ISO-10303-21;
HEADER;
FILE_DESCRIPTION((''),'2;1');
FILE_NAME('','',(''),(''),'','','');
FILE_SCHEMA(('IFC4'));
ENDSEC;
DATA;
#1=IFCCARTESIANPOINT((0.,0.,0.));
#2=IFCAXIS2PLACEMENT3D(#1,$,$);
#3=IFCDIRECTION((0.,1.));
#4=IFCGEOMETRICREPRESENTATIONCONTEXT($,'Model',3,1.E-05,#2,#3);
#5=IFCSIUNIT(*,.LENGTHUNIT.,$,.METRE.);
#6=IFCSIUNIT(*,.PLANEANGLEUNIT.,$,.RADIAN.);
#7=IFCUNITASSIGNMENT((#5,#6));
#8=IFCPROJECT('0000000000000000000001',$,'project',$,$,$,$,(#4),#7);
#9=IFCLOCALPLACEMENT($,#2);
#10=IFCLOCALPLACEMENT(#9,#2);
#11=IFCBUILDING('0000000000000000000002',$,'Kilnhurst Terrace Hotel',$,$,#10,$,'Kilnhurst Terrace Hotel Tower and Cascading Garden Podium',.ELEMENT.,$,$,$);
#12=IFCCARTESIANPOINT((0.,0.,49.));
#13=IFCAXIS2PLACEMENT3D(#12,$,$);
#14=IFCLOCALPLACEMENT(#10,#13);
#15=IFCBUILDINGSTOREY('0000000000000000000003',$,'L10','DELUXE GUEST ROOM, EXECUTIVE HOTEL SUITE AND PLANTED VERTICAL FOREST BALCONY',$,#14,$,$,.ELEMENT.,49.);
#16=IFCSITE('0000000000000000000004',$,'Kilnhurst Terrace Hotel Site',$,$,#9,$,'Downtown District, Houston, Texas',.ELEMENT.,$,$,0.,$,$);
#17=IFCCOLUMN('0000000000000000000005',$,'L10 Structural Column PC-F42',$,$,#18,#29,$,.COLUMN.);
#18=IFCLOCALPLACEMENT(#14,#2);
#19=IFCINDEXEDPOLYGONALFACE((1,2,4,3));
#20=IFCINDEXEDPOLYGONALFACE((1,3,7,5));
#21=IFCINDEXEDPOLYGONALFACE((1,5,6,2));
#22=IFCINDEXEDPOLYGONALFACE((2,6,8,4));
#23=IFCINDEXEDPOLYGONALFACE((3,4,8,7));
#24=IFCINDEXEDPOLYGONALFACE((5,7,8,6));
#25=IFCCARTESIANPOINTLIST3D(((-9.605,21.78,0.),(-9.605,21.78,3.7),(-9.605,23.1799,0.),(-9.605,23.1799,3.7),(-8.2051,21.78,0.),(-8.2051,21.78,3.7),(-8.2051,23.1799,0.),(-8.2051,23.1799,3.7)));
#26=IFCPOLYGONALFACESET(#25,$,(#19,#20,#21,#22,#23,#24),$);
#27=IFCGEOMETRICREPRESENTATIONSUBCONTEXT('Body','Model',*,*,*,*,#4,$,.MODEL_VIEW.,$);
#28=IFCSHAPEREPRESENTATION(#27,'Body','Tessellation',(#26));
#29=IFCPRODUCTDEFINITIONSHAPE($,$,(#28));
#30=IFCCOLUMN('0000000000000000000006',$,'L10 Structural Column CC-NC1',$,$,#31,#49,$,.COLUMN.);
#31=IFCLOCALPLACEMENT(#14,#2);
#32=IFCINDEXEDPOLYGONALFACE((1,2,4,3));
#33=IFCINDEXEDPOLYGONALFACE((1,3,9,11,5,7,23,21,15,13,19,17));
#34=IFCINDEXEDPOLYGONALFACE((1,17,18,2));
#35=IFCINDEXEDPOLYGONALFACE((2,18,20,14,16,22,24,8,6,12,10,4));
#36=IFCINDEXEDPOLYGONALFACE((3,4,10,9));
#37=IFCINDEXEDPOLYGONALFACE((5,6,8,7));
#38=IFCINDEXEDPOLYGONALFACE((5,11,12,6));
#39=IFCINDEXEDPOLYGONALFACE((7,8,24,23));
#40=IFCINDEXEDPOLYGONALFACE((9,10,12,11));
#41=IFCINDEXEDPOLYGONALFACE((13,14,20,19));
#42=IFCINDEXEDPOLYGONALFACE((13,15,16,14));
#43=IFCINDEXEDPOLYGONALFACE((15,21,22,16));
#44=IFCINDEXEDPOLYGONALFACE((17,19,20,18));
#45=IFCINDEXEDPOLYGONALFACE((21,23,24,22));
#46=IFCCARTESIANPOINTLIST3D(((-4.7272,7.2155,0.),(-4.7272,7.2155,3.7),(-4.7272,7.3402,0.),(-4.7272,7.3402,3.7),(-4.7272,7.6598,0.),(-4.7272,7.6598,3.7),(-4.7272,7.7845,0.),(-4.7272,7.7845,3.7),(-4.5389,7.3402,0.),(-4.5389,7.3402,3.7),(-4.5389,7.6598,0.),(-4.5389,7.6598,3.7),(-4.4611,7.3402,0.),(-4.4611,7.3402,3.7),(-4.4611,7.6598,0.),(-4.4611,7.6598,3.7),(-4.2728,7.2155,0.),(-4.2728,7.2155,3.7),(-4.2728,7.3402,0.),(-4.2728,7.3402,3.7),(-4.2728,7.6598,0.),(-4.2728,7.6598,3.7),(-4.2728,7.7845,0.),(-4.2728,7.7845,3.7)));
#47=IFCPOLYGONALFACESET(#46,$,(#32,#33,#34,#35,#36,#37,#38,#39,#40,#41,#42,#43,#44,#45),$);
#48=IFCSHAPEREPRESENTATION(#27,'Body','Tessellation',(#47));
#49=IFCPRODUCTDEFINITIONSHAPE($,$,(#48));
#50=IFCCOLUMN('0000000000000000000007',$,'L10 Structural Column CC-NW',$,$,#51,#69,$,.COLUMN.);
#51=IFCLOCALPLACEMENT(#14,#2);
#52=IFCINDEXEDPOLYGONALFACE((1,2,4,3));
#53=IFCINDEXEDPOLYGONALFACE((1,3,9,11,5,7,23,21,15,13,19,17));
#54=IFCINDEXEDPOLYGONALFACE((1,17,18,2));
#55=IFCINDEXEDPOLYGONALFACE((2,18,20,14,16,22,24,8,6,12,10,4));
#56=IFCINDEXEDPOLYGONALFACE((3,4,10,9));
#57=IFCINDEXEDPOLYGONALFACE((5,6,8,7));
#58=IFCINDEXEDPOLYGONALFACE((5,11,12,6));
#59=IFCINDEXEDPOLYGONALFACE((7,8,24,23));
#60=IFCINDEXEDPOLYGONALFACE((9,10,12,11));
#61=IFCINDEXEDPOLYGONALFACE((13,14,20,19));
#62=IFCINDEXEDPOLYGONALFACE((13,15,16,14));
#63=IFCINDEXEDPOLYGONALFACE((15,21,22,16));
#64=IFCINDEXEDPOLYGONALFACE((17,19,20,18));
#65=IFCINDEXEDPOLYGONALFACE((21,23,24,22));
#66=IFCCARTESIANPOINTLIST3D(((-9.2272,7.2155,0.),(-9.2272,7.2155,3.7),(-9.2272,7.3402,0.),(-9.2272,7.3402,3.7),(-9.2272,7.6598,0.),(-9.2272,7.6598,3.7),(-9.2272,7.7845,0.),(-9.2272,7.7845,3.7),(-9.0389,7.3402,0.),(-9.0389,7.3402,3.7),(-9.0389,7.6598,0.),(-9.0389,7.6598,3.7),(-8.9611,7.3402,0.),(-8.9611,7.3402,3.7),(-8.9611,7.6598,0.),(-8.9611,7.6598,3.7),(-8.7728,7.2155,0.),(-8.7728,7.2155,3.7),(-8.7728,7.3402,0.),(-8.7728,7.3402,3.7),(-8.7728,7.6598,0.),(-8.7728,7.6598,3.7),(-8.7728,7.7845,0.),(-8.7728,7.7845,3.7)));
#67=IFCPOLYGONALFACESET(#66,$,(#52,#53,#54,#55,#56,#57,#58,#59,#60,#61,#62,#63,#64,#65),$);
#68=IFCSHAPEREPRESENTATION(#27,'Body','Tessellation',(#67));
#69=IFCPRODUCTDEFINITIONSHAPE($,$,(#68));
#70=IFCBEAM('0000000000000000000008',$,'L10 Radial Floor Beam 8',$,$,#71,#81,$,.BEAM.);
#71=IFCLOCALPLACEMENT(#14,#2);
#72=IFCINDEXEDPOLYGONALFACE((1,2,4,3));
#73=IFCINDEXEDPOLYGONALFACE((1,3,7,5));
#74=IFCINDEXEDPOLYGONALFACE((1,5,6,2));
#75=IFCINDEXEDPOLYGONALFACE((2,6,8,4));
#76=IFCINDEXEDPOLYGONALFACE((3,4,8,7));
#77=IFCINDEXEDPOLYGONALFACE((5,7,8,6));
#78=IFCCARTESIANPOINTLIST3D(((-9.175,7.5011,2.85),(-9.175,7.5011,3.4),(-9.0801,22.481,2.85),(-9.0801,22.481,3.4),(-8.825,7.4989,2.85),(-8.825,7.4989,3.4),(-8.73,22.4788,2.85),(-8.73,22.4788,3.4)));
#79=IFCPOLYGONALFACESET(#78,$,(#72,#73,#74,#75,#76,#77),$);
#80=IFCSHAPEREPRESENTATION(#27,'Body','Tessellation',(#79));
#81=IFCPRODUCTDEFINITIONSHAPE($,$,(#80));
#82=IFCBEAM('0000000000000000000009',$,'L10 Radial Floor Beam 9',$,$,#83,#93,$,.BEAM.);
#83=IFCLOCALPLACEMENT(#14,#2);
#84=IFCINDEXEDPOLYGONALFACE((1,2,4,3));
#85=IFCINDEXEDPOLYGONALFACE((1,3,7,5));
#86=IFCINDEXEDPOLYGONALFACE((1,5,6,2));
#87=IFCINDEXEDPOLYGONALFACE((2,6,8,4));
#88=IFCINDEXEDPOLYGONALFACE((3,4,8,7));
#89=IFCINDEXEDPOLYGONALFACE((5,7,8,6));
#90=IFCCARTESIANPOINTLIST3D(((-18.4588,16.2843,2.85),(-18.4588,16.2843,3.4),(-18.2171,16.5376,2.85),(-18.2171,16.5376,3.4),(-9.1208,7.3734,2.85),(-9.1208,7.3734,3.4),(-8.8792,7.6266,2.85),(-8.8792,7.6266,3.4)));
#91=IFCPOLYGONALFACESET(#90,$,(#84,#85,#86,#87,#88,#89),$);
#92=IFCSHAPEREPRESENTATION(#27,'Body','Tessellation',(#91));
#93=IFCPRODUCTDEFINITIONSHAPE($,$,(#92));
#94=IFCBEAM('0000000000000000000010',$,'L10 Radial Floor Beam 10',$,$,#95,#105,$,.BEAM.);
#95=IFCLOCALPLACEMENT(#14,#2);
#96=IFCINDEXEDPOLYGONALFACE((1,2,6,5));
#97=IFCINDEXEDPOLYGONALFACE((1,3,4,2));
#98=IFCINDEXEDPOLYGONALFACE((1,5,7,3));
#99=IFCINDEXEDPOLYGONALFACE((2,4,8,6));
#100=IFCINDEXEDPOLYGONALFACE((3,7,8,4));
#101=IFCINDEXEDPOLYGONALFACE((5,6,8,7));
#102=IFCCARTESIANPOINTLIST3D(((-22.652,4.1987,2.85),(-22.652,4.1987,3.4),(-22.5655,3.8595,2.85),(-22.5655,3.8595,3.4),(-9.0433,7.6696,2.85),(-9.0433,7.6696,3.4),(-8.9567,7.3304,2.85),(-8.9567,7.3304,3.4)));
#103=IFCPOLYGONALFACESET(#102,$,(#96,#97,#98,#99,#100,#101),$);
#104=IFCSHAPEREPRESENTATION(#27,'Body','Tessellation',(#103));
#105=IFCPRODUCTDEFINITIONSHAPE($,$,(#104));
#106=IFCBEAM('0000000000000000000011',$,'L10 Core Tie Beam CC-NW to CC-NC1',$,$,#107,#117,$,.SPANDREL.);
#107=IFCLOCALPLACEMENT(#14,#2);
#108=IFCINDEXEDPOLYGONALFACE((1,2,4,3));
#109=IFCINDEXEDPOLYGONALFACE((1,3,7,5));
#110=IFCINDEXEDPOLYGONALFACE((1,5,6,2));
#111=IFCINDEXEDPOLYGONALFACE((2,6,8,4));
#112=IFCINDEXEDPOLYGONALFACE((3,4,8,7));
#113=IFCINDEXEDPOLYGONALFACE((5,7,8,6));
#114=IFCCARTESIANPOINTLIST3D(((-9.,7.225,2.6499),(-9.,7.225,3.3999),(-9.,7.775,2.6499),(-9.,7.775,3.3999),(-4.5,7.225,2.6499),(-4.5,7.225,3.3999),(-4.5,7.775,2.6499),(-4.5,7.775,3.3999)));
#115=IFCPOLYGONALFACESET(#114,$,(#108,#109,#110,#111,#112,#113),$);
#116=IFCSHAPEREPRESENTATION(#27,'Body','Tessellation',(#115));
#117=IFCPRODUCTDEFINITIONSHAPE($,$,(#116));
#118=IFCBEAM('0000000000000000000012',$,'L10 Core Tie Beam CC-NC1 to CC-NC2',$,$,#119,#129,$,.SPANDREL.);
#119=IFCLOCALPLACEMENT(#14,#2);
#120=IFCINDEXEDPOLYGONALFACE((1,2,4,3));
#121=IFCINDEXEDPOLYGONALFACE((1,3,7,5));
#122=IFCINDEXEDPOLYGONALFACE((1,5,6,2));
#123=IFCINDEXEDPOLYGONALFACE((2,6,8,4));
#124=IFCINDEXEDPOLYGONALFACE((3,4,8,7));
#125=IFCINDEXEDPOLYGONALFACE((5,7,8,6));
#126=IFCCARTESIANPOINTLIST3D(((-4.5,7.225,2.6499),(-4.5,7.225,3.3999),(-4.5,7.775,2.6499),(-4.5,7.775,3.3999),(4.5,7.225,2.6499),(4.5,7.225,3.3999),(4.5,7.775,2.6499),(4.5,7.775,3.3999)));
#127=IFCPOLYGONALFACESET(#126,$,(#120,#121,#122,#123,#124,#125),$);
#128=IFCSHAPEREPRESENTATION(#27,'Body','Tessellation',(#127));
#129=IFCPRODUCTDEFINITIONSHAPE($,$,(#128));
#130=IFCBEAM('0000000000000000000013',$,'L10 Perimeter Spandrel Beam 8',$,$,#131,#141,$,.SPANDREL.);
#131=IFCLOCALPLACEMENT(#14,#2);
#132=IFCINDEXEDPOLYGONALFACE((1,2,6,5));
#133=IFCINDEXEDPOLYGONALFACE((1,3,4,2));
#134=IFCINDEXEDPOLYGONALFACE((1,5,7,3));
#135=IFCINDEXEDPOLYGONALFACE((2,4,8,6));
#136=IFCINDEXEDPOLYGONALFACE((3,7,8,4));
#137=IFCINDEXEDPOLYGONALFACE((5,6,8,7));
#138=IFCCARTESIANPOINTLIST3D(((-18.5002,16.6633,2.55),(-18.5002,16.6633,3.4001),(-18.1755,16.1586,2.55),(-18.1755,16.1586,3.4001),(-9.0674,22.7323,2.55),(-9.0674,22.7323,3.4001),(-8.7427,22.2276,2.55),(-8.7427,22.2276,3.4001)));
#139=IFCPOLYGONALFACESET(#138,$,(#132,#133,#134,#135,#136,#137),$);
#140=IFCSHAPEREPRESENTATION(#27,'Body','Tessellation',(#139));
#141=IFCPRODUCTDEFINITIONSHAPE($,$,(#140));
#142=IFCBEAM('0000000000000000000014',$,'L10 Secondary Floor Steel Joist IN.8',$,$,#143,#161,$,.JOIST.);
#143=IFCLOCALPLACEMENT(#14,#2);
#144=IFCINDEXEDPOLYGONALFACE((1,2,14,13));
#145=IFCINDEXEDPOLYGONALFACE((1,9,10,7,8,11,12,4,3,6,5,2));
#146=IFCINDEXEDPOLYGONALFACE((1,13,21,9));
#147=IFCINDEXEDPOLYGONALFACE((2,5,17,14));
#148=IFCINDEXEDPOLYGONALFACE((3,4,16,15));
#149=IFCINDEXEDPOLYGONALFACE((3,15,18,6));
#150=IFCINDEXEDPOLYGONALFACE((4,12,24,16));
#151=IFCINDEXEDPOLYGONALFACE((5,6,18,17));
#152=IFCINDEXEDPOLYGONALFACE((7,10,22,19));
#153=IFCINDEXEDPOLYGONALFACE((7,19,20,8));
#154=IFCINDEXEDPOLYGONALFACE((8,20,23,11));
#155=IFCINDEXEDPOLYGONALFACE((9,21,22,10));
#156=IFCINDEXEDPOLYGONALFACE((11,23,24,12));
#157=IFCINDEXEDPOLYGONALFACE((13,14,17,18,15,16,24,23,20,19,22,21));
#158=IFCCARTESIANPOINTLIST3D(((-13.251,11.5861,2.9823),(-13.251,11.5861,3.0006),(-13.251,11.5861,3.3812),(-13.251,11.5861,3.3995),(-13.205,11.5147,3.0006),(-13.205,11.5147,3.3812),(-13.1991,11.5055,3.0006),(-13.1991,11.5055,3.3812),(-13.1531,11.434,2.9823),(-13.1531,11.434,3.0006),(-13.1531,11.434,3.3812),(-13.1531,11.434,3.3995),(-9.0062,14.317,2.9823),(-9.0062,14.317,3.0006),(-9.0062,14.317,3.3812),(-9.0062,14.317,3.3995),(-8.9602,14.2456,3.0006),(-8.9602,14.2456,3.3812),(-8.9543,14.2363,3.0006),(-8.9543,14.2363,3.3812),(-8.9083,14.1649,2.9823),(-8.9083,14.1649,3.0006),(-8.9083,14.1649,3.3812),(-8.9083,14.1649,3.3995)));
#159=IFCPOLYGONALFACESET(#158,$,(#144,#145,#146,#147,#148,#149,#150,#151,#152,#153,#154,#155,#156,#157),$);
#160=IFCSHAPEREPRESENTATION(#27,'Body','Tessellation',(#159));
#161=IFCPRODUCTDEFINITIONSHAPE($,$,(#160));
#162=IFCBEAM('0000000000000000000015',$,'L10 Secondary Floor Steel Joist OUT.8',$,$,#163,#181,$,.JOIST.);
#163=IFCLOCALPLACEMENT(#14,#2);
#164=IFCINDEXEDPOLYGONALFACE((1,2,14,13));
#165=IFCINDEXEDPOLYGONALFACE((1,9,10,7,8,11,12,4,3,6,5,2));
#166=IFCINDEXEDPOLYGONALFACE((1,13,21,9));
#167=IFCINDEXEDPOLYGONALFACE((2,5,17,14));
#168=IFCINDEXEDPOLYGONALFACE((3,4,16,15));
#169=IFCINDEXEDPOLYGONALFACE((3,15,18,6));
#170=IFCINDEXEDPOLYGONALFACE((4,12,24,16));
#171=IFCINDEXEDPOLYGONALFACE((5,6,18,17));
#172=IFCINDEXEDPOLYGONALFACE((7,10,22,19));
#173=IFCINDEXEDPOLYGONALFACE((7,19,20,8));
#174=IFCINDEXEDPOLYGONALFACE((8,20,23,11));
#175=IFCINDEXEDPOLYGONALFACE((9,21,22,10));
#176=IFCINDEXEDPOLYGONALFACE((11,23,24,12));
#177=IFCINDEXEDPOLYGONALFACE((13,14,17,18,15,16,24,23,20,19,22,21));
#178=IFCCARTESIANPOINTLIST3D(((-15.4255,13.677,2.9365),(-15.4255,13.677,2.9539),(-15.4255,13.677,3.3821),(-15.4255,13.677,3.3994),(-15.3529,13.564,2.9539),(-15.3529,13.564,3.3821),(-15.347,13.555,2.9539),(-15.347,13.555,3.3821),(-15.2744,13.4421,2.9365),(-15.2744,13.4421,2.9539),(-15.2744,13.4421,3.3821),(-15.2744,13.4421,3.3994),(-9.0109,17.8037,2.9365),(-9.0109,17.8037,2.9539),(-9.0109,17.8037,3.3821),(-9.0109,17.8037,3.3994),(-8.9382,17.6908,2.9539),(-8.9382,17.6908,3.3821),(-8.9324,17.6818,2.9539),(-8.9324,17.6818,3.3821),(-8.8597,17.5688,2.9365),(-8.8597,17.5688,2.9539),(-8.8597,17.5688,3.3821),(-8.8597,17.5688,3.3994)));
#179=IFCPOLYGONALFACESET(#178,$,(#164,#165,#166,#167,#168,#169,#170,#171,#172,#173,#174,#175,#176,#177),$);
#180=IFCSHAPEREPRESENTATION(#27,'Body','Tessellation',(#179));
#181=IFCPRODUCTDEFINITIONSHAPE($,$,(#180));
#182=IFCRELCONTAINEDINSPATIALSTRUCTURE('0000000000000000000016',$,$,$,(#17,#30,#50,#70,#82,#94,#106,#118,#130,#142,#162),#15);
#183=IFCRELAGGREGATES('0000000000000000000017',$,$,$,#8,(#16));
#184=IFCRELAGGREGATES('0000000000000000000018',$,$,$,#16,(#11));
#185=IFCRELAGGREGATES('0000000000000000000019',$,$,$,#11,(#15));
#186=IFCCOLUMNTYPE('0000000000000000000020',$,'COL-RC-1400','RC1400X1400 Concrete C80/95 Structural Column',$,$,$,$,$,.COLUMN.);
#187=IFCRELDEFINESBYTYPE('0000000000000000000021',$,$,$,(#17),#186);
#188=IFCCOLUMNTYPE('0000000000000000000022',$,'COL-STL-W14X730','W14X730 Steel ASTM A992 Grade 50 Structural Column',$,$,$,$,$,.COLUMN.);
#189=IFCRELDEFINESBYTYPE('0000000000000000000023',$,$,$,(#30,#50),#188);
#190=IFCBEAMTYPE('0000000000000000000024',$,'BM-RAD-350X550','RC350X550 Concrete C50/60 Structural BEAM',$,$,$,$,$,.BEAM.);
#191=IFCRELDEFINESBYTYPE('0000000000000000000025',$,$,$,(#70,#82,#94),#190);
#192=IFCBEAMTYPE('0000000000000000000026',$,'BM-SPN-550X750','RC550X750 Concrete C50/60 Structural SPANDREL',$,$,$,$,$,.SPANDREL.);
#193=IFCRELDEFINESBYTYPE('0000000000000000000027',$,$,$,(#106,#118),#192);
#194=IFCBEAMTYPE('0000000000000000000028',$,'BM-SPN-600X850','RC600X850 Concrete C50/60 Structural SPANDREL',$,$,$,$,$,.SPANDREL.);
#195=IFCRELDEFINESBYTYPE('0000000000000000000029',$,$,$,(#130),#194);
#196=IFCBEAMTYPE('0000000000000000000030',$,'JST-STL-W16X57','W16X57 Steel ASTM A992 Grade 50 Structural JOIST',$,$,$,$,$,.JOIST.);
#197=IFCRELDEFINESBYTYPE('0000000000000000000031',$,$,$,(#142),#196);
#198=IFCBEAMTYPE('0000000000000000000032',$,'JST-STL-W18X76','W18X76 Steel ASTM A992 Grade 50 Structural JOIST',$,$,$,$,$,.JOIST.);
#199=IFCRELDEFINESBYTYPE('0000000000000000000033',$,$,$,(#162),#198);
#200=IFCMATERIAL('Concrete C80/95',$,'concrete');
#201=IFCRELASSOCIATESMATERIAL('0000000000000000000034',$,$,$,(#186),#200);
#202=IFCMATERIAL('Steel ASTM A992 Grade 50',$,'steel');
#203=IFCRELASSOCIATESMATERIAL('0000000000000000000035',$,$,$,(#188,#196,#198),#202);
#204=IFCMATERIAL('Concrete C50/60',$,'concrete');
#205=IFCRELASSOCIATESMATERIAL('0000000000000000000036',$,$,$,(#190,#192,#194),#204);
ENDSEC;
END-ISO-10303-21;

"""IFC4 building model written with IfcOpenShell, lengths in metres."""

from ifc_helpers import new_model, si_unit, direction, frame, origin, origin_2d, place, context, subcontext, project, spatial, rectangle, i_section, extrude, material, material_profile, profile_set, type_object, element, save


model = new_model("IFC4")

# Units and contexts
model_context = context("Model", 3, precision=1e-05, world=origin(), true_north=direction((0.0, 1.0)))
body_context = subcontext(model_context, "Body", "Model", "MODEL_VIEW")
ifc_project = project(units=[si_unit("LENGTHUNIT", "METRE"), si_unit("PLANEANGLEUNIT", "RADIAN")], contexts=[model_context])

# Site, building, storey
site_placement = place(None, origin())
site = spatial("IfcSite", under=ifc_project, at=site_placement, Name="Kilnhurst Terrace Hotel Site", LongName="Downtown District, Houston, Texas", CompositionType="ELEMENT", RefElevation=0.0)
building_placement = place(site_placement, origin())
building = spatial("IfcBuilding", under=site, at=building_placement, Name="Kilnhurst Terrace Hotel", LongName="Kilnhurst Terrace Hotel Tower and Cascading Garden Podium", CompositionType="ELEMENT")
storey_placement = place(building_placement, frame((0.0, 0.0, 49.0)))
storey = spatial("IfcBuildingStorey", under=building, at=storey_placement, Name="L10", Description="DELUXE GUEST ROOM, EXECUTIVE HOTEL SUITE AND PLANTED VERTICAL FOREST BALCONY", CompositionType="ELEMENT", Elevation=49.0)

# Columns
ifc_material_1 = material(Name="Concrete C80/95", Category="concrete")
ifc_material_profile_1 = material_profile(ifc_material_1, rectangle(XDim=1.3999, YDim=1.3999, at=origin_2d()), Name="RC1400X1400")
ifc_profile_set_1 = profile_set([ifc_material_profile_1], Name="Concrete C80/95")
column_type_1 = type_object("IfcColumnType", Name="COL-RC-1400", Description="RC1400X1400 Concrete C80/95 Structural Column", PredefinedType="COLUMN", material=ifc_profile_set_1)
column_placement = place(storey_placement, frame((-8.905, 22.48, 0.0), z_axis=(0.0, 0.0, 1.0), x_axis=(1.0, 0.0, 0.0)))
element("IfcColumn", 1, at=column_placement, inside=storey, type_object=column_type_1, Name="L10 Structural Column PC-F42", PredefinedType="COLUMN", context=body_context, shape_type="SweptSolid", body=[
    extrude(rectangle(XDim=1.3999, YDim=1.3999, at=origin_2d()), origin(), (0.0, 0.0, 1.0), 3.7),
])
ifc_material_2 = material(Name="Steel ASTM A992 Grade 50", Category="steel")
ifc_material_profile_2 = material_profile(ifc_material_2, i_section(OverallWidth=0.4543, OverallDepth=0.5691, WebThickness=0.0779, FlangeThickness=0.1248, at=origin_2d()), Name="W14X730")
ifc_profile_set_2 = profile_set([ifc_material_profile_2], Name="Steel ASTM A992 Grade 50")
column_type_2 = type_object("IfcColumnType", Name="COL-STL-W14X730", Description="W14X730 Steel ASTM A992 Grade 50 Structural Column", PredefinedType="COLUMN", material=ifc_profile_set_2)
for number, where, z_axis, x_axis, name in (
    (2, (-4.5, 7.5, 0.0), (0.0, 0.0, 1.0), (1.0, 0.0, 0.0), "L10 Structural Column CC-NC1"),
    (3, (-9.0, 7.5, 0.0), (0.0, 0.0, 1.0), (1.0, 0.0, 0.0), "L10 Structural Column CC-NW"),
):
    element("IfcColumn", number, at=place(storey_placement, frame(where, z_axis=z_axis, x_axis=x_axis)), inside=storey, type_object=column_type_2, Name=name, PredefinedType="COLUMN", context=body_context, shape_type="SweptSolid", body=[
        extrude(i_section(OverallWidth=0.4543, OverallDepth=0.5691, WebThickness=0.0779, FlangeThickness=0.1248, at=origin_2d()), origin(), (0.0, 0.0, 1.0), 3.7),
    ])

# Beams
ifc_material_3 = material(Name="Concrete C50/60", Category="concrete")
ifc_material_profile_3 = material_profile(ifc_material_3, rectangle(XDim=0.3501, YDim=0.55, at=origin_2d()), Name="RC350X550")
ifc_profile_set_3 = profile_set([ifc_material_profile_3], Name="Concrete C50/60")
beam_type_1 = type_object("IfcBeamType", Name="BM-RAD-350X550", Description="RC350X550 Concrete C50/60 Structural BEAM", PredefinedType="BEAM", material=ifc_profile_set_3)
beam_1_placement = place(storey_placement, frame((-9.0, 7.5, 3.125), z_axis=(0.00634, 0.99998, 0.0), x_axis=(-0.99998, 0.00634, 0.0)))
element("IfcBeam", 4, at=beam_1_placement, inside=storey, type_object=beam_type_1, Name="L10 Radial Floor Beam 8", PredefinedType="BEAM", context=body_context, shape_type="SweptSolid", body=[
    extrude(rectangle(XDim=0.3501, YDim=0.55, at=origin_2d()), origin(), (0.0, 0.0, 1.0), 14.9802),
])
beam_2_placement = place(storey_placement, frame((-9.0, 7.5, 3.125), z_axis=(-0.723454, 0.690372, 0.0), x_axis=(-0.690372, -0.723454, 0.0)))
element("IfcBeam", 5, at=beam_2_placement, inside=storey, type_object=beam_type_1, Name="L10 Radial Floor Beam 9", PredefinedType="BEAM", context=body_context, shape_type="SweptSolid", body=[
    extrude(rectangle(XDim=0.3501, YDim=0.55, at=origin_2d()), origin(), (0.0, 0.0, 1.0), 12.9075),
])
beam_3_placement = place(storey_placement, frame((-9.0, 7.5, 3.125), z_axis=(-0.96898, -0.247138, 0.0), x_axis=(0.247138, -0.96898, 0.0)))
element("IfcBeam", 6, at=beam_3_placement, inside=storey, type_object=beam_type_1, Name="L10 Radial Floor Beam 10", PredefinedType="BEAM", context=body_context, shape_type="SweptSolid", body=[
    extrude(rectangle(XDim=0.3501, YDim=0.55, at=origin_2d()), origin(), (0.0, 0.0, 1.0), 14.0444),
])
ifc_material_profile_4 = material_profile(ifc_material_3, rectangle(XDim=0.55, YDim=0.75, at=origin_2d()), Name="RC550X750")
ifc_profile_set_4 = profile_set([ifc_material_profile_4], Name="Concrete C50/60")
beam_type_2 = type_object("IfcBeamType", Name="BM-SPN-550X750", Description="RC550X750 Concrete C50/60 Structural SPANDREL", PredefinedType="SPANDREL", material=ifc_profile_set_4)
beam_4_placement = place(storey_placement, frame((-9.0, 7.5, 3.0249), z_axis=(1.0, 0.0, 0.0), x_axis=(0.0, 1.0, 0.0)))
element("IfcBeam", 7, at=beam_4_placement, inside=storey, type_object=beam_type_2, Name="L10 Core Tie Beam CC-NW to CC-NC1", PredefinedType="SPANDREL", context=body_context, shape_type="SweptSolid", body=[
    extrude(rectangle(XDim=0.55, YDim=0.75, at=origin_2d()), origin(), (0.0, 0.0, 1.0), 4.5),
])
beam_5_placement = place(storey_placement, frame((-4.5, 7.5, 3.0249), z_axis=(1.0, 0.0, 0.0), x_axis=(0.0, 1.0, 0.0)))
element("IfcBeam", 8, at=beam_5_placement, inside=storey, type_object=beam_type_2, Name="L10 Core Tie Beam CC-NC1 to CC-NC2", PredefinedType="SPANDREL", context=body_context, shape_type="SweptSolid", body=[
    extrude(rectangle(XDim=0.55, YDim=0.75, at=origin_2d()), origin(), (0.0, 0.0, 1.0), 9.0),
])
ifc_material_profile_5 = material_profile(ifc_material_3, rectangle(XDim=0.6001, YDim=0.8501, at=origin_2d()), Name="RC600X850")
ifc_profile_set_5 = profile_set([ifc_material_profile_5], Name="Concrete C50/60")
beam_type_3 = type_object("IfcBeamType", Name="BM-SPN-600X850", Description="RC600X850 Concrete C50/60 Structural SPANDREL", PredefinedType="SPANDREL", material=ifc_profile_set_5)
beam_6_placement = place(storey_placement, frame((-8.905, 22.48, 2.9751), z_axis=(-0.840971, -0.54108, 0.0), x_axis=(0.54108, -0.840971, 0.0)))
element("IfcBeam", 9, at=beam_6_placement, inside=storey, type_object=beam_type_3, Name="L10 Perimeter Spandrel Beam 8", PredefinedType="SPANDREL", context=body_context, shape_type="SweptSolid", body=[
    extrude(rectangle(XDim=0.6001, YDim=0.8501, at=origin_2d()), origin(), (0.0, 0.0, 1.0), 11.2166),
])
ifc_material_profile_6 = material_profile(ifc_material_2, i_section(OverallWidth=0.1809, OverallDepth=0.4172, WebThickness=0.011, FlangeThickness=0.0183, at=origin_2d()), Name="W16X57")
ifc_profile_set_6 = profile_set([ifc_material_profile_6], Name="Steel ASTM A992 Grade 50")
beam_type_4 = type_object("IfcBeamType", Name="JST-STL-W16X57", Description="W16X57 Steel ASTM A992 Grade 50 Structural JOIST", PredefinedType="JOIST", material=ifc_profile_set_6)
beam_7_placement = place(storey_placement, frame((-8.9573, 14.241, 3.1909), z_axis=(-0.840988, -0.541053, 0.0), x_axis=(0.541053, -0.840988, 0.0)))
element("IfcBeam", 10, at=beam_7_placement, inside=storey, type_object=beam_type_4, Name="L10 Secondary Floor Steel Joist IN.8", PredefinedType="JOIST", context=body_context, shape_type="SweptSolid", body=[
    extrude(i_section(OverallWidth=0.1809, OverallDepth=0.4172, WebThickness=0.011, FlangeThickness=0.0183, at=origin_2d()), origin(), (0.0, 0.0, 1.0), 5.0474),
])
ifc_material_profile_7 = material_profile(ifc_material_2, i_section(OverallWidth=0.2793, OverallDepth=0.4629, WebThickness=0.0107, FlangeThickness=0.0173, at=origin_2d()), Name="W18X76")
ifc_profile_set_7 = profile_set([ifc_material_profile_7], Name="Steel ASTM A992 Grade 50")
beam_type_5 = type_object("IfcBeamType", Name="JST-STL-W18X76", Description="W18X76 Steel ASTM A992 Grade 50 Structural JOIST", PredefinedType="JOIST", material=ifc_profile_set_7)
beam_8_placement = place(storey_placement, frame((-8.9353, 17.6863, 3.168), z_axis=(-0.840995, -0.541042, 0.0), x_axis=(0.541042, -0.840995, 0.0)))
element("IfcBeam", 11, at=beam_8_placement, inside=storey, type_object=beam_type_5, Name="L10 Secondary Floor Steel Joist OUT.8", PredefinedType="JOIST", context=body_context, shape_type="SweptSolid", body=[
    extrude(i_section(OverallWidth=0.2793, OverallDepth=0.4629, WebThickness=0.0107, FlangeThickness=0.0173, at=origin_2d()), origin(), (0.0, 0.0, 1.0), 7.6274),
])

save(model, "model.ifc")
